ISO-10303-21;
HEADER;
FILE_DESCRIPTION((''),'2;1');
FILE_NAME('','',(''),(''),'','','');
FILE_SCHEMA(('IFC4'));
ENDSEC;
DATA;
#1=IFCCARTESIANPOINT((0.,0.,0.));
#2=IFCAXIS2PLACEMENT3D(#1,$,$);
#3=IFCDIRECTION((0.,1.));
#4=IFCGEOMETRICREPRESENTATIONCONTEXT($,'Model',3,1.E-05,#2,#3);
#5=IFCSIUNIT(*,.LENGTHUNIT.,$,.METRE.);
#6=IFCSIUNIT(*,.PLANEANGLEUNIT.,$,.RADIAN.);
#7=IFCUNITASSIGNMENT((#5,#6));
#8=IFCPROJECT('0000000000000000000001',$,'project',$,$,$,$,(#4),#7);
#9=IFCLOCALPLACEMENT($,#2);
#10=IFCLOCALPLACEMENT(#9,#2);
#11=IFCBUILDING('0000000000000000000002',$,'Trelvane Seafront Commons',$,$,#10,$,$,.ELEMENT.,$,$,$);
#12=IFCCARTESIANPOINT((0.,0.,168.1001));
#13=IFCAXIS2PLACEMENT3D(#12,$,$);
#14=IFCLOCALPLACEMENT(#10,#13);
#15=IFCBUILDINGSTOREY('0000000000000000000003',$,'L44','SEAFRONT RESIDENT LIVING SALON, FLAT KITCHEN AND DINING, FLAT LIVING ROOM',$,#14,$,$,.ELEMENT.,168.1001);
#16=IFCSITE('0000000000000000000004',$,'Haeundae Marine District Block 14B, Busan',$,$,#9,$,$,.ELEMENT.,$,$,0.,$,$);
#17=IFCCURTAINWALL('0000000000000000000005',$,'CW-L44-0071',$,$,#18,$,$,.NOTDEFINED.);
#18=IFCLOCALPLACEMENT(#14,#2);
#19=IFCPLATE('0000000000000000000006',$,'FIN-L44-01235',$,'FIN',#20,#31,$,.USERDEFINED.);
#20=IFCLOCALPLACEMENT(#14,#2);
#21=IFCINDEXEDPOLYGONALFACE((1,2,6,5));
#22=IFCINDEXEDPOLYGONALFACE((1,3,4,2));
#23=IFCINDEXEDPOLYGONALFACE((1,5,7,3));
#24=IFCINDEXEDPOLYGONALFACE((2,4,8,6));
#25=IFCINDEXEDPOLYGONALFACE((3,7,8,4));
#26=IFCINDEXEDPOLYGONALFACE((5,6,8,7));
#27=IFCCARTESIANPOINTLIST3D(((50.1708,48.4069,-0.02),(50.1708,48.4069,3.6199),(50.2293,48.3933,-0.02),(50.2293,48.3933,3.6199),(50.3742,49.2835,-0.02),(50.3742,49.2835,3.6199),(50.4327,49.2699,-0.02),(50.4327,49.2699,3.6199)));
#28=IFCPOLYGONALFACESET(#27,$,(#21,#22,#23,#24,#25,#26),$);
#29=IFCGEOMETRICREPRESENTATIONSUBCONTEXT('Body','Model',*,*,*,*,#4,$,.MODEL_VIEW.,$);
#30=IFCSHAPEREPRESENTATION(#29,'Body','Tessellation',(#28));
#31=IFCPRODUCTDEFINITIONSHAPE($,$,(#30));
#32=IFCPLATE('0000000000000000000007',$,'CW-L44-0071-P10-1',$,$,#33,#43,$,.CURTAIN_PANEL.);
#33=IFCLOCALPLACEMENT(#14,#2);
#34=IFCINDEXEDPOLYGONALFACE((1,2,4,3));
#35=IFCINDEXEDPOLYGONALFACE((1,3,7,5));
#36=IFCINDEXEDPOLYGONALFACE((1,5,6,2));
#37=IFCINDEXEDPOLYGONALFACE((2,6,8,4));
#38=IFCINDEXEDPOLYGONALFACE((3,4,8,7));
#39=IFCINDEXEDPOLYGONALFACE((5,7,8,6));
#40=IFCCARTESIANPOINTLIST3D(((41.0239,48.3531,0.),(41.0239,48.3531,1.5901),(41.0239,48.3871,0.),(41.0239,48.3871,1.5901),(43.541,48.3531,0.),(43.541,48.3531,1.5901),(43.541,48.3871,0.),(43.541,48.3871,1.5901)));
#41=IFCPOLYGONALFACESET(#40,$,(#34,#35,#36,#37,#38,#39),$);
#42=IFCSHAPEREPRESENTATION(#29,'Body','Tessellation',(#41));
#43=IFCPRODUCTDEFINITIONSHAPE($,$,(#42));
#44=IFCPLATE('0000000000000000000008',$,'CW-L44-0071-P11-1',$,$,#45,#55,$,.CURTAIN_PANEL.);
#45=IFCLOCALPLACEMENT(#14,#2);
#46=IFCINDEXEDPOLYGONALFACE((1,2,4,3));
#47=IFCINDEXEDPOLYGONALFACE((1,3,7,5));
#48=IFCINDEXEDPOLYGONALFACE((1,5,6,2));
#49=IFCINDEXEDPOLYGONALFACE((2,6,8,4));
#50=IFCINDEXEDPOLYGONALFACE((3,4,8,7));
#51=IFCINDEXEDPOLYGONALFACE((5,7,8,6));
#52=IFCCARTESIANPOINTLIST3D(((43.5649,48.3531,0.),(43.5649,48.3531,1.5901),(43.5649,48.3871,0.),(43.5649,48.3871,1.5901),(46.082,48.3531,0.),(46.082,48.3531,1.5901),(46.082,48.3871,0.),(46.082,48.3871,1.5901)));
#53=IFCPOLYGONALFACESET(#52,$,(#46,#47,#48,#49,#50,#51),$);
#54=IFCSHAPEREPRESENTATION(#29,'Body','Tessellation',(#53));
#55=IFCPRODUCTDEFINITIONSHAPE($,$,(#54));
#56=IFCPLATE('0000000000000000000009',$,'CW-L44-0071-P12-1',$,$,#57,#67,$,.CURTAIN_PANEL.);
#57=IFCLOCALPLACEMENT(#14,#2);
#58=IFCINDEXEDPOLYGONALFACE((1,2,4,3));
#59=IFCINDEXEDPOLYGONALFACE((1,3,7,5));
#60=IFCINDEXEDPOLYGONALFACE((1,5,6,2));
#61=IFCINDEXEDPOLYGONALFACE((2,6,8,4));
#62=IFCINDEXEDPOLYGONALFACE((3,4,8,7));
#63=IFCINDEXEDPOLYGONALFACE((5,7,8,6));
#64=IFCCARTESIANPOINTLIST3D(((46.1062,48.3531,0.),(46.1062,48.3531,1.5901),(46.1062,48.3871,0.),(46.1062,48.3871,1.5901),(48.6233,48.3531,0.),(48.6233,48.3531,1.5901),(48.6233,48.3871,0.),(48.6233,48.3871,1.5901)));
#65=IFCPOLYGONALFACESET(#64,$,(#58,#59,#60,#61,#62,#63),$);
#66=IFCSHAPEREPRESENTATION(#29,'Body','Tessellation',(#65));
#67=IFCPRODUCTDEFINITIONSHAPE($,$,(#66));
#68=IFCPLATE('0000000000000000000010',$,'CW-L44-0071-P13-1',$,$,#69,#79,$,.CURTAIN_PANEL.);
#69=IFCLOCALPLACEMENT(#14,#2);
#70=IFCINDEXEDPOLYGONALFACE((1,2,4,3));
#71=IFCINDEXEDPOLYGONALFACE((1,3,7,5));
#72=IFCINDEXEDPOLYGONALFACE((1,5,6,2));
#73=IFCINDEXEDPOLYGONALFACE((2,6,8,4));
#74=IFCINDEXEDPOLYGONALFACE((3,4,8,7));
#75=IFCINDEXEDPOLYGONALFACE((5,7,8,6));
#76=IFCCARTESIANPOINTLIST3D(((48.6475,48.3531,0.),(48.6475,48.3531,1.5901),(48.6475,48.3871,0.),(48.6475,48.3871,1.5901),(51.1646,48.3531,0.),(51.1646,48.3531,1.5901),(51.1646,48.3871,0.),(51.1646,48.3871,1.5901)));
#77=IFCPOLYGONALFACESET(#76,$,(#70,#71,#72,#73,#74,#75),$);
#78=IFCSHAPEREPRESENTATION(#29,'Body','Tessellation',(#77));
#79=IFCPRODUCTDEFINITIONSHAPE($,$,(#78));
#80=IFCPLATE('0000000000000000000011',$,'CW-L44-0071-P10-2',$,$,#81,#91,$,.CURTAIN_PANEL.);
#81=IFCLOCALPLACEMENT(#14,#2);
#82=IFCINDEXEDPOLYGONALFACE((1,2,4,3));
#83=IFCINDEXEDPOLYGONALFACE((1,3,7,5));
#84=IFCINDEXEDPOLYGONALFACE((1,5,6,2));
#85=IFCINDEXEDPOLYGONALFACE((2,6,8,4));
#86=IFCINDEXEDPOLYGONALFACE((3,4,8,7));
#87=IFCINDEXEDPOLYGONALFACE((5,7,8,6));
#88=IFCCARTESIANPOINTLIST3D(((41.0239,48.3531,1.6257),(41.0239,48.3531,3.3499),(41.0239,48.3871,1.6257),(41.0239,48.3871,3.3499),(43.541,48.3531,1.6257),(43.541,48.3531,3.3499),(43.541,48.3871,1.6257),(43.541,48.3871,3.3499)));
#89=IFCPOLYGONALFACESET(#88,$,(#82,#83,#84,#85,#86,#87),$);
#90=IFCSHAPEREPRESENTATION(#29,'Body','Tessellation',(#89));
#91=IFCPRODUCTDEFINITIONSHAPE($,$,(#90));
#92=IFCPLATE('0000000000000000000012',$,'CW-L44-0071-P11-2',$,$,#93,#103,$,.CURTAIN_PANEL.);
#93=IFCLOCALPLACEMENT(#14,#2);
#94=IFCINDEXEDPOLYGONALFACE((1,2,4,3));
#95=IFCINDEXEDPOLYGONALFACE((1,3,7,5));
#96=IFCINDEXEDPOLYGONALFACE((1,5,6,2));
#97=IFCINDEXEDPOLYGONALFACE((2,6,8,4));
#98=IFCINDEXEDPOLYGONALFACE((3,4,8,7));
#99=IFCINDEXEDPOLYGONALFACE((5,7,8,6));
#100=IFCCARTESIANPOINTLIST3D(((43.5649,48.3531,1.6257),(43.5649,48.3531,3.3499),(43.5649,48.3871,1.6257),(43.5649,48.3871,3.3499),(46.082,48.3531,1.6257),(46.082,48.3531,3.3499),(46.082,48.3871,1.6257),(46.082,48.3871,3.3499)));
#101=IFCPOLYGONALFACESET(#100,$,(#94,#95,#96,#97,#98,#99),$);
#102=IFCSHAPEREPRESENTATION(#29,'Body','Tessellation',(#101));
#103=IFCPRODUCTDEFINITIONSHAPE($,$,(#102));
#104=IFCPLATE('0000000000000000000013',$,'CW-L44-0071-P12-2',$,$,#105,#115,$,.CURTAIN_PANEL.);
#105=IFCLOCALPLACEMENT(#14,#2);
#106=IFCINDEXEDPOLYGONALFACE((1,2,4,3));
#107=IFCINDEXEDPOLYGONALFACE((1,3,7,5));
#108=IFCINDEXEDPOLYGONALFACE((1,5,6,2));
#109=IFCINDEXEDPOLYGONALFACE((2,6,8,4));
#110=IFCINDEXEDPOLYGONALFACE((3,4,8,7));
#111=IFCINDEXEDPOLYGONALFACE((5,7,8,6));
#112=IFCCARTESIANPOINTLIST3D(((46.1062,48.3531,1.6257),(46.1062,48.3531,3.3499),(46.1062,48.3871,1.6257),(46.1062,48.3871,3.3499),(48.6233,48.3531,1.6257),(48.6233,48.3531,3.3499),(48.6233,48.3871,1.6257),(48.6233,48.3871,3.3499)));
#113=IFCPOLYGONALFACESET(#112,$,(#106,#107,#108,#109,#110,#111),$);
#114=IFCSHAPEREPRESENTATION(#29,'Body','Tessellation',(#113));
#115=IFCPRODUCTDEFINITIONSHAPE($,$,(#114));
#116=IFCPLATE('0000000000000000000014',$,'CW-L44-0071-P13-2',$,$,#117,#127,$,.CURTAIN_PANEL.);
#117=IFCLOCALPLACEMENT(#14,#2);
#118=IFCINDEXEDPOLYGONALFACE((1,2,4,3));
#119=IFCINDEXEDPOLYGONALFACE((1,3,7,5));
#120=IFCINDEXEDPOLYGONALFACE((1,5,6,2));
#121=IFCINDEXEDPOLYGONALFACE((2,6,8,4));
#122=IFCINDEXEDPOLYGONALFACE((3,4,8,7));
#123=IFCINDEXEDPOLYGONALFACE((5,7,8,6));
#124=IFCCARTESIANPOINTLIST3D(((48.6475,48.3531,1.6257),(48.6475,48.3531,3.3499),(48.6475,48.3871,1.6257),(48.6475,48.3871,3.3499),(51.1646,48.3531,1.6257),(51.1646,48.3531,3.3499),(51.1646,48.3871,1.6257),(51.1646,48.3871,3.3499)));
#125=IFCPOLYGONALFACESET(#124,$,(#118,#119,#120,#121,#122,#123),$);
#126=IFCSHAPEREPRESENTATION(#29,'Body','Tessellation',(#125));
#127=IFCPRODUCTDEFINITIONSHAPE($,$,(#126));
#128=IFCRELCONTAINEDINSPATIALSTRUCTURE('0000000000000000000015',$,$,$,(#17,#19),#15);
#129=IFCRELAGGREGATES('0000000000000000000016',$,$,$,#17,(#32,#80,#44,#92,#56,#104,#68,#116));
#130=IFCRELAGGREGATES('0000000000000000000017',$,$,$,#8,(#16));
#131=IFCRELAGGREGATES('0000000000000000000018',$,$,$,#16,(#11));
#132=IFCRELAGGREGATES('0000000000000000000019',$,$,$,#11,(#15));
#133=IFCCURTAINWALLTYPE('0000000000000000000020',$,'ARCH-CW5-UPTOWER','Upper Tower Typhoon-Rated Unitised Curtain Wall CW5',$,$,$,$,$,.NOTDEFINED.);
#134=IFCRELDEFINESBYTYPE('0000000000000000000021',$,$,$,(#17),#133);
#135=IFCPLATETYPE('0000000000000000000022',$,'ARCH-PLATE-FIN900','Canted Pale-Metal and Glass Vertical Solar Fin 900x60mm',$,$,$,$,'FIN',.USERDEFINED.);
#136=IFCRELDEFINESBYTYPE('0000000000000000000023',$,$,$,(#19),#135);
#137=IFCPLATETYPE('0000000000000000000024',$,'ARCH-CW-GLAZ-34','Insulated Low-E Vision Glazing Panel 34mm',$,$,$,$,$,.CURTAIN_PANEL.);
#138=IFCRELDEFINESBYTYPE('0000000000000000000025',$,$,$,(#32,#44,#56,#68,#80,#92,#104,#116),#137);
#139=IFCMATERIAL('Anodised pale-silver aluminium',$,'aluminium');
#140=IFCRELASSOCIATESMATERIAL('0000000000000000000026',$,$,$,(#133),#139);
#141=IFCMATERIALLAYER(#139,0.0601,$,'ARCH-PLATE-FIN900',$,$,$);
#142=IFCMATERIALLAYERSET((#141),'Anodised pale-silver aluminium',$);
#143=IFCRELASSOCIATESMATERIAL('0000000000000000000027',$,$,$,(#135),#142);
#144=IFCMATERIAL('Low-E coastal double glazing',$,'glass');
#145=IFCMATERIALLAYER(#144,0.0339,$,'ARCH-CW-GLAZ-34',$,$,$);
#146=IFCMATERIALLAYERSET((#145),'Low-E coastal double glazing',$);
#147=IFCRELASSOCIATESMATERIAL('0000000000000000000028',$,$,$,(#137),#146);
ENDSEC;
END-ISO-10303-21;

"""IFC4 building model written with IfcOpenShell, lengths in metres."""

from ifc_helpers import new_model, si_unit, direction, frame, origin, origin_2d, place, context, subcontext, project, spatial, rectangle, extrude, source, transform, mapped, material, layer, layer_set, type_object, element, aggregate, save


model = new_model("IFC4")

# Units and contexts
model_context = context("Model", 3, precision=1e-05, world=origin(), true_north=direction((0.0, 1.0)))
body_context = subcontext(model_context, "Body", "Model", "MODEL_VIEW")
ifc_project = project(units=[si_unit("LENGTHUNIT", "METRE"), si_unit("PLANEANGLEUNIT", "RADIAN")], contexts=[model_context])

# Site, building, storey
site_placement = place(None, origin())
site = spatial("IfcSite", under=ifc_project, at=site_placement, Name="Haeundae Marine District Block 14B, Busan", CompositionType="ELEMENT", RefElevation=0.0)
building_placement = place(site_placement, origin())
building = spatial("IfcBuilding", under=site, at=building_placement, Name="Trelvane Seafront Commons", CompositionType="ELEMENT")
storey_placement = place(building_placement, frame((0.0, 0.0, 168.1001)))
storey = spatial("IfcBuildingStorey", under=building, at=storey_placement, Name="L44", Description="SEAFRONT RESIDENT LIVING SALON, FLAT KITCHEN AND DINING, FLAT LIVING ROOM", CompositionType="ELEMENT", Elevation=168.1001)

# Curtain wall
ifc_material_1 = material(Name="Anodised pale-silver aluminium", Category="aluminium")
curtain_wall_type = type_object("IfcCurtainWallType", Name="ARCH-CW5-UPTOWER", Description="Upper Tower Typhoon-Rated Unitised Curtain Wall CW5", PredefinedType="NOTDEFINED", material=ifc_material_1)
curtain_wall_placement = place(storey_placement, origin())
curtain_wall = element("IfcCurtainWall", 1, at=curtain_wall_placement, inside=storey, type_object=curtain_wall_type, Name="CW-L44-0071", PredefinedType="NOTDEFINED")

# Plate
ifc_layer_1 = layer(ifc_material_1, 0.0601, Name="ARCH-PLATE-FIN900")
ifc_layer_set_1 = layer_set([ifc_layer_1], Name="Anodised pale-silver aluminium")
plate_type_1 = type_object("IfcPlateType", Name="ARCH-PLATE-FIN900", Description="Canted Pale-Metal and Glass Vertical Solar Fin 900x60mm", ElementType="FIN", PredefinedType="USERDEFINED", material=ifc_layer_set_1)
shared_shape_1 = source(origin(), body_context, "Body", "SweptSolid", [
    extrude(rectangle(XDim=0.8999, YDim=0.0601, at=origin_2d()), origin(), (0.0, 0.0, 1.0), 3.6399),
])
for number, where, z_axis, x_axis, name in (
    (2, (50.3018, 48.8384, -0.02), (0.0, 0.0, 1.0), (0.226109, 0.974102, 0.0), "FIN-L44-01235"),
):
    element("IfcPlate", number, at=place(storey_placement, frame(where, z_axis=z_axis, x_axis=x_axis)), inside=storey, type_object=plate_type_1, Name=name, ObjectType="FIN", PredefinedType="USERDEFINED", context=body_context, shape_type="MappedRepresentation", body=[
        mapped(shared_shape_1, transform((0.0, 0.0, 0.0), x_axis=(1.0, 0.0, 0.0), y_axis=(0.0, 1.0, 0.0), z_axis=(0.0, 0.0, 1.0), scale=1.0)),
    ])

# Plates
ifc_material_2 = material(Name="Low-E coastal double glazing", Category="glass")
ifc_layer_2 = layer(ifc_material_2, 0.0339, Name="ARCH-CW-GLAZ-34")
ifc_layer_set_2 = layer_set([ifc_layer_2], Name="Low-E coastal double glazing")
plate_type_2 = type_object("IfcPlateType", Name="ARCH-CW-GLAZ-34", Description="Insulated Low-E Vision Glazing Panel 34mm", PredefinedType="CURTAIN_PANEL", material=ifc_layer_set_2)
shared_shape_2 = source(origin(), body_context, "Body", "SweptSolid", [
    extrude(rectangle(XDim=2.5171, YDim=0.0339, at=origin_2d()), origin(), (0.0, 0.0, 1.0), 1.5901),
])
plate_1_placement = place(storey_placement, frame((42.2825, 48.3701, 0.0), z_axis=(0.0, 0.0, 1.0), x_axis=(1.0, 0.0, 0.0)))
plate_1 = element("IfcPlate", 3, at=plate_1_placement, type_object=plate_type_2, Name="CW-L44-0071-P10-1", PredefinedType="CURTAIN_PANEL", context=body_context, shape_type="MappedRepresentation", body=[
    mapped(shared_shape_2, transform((0.0, 0.0, 0.0), x_axis=(1.0, 0.0, 0.0), y_axis=(0.0, 1.0, 0.0), z_axis=(0.0, 0.0, 1.0), scale=1.0)),
])
plate_2_placement = place(storey_placement, frame((44.8235, 48.3701, 0.0), z_axis=(0.0, 0.0, 1.0), x_axis=(1.0, 0.0, 0.0)))
plate_2 = element("IfcPlate", 4, at=plate_2_placement, type_object=plate_type_2, Name="CW-L44-0071-P11-1", PredefinedType="CURTAIN_PANEL", context=body_context, shape_type="MappedRepresentation", body=[
    mapped(shared_shape_2, transform((0.0, 0.0, 0.0), x_axis=(1.0, 0.0, 0.0), y_axis=(0.0, 1.0, 0.0), z_axis=(0.0, 0.0, 1.0), scale=1.0)),
])
plate_3_placement = place(storey_placement, frame((47.3647, 48.3701, 0.0), z_axis=(0.0, 0.0, 1.0), x_axis=(1.0, 0.0, 0.0)))
plate_3 = element("IfcPlate", 5, at=plate_3_placement, type_object=plate_type_2, Name="CW-L44-0071-P12-1", PredefinedType="CURTAIN_PANEL", context=body_context, shape_type="MappedRepresentation", body=[
    mapped(shared_shape_2, transform((0.0, 0.0, 0.0), x_axis=(1.0, 0.0, 0.0), y_axis=(0.0, 1.0, 0.0), z_axis=(0.0, 0.0, 1.0), scale=1.0)),
])
plate_4_placement = place(storey_placement, frame((49.906, 48.3701, 0.0), z_axis=(0.0, 0.0, 1.0), x_axis=(1.0, 0.0, 0.0)))
plate_4 = element("IfcPlate", 6, at=plate_4_placement, type_object=plate_type_2, Name="CW-L44-0071-P13-1", PredefinedType="CURTAIN_PANEL", context=body_context, shape_type="MappedRepresentation", body=[
    mapped(shared_shape_2, transform((0.0, 0.0, 0.0), x_axis=(1.0, 0.0, 0.0), y_axis=(0.0, 1.0, 0.0), z_axis=(0.0, 0.0, 1.0), scale=1.0)),
])
shared_shape_3 = source(origin(), body_context, "Body", "SweptSolid", [
    extrude(rectangle(XDim=2.5171, YDim=0.0339, at=origin_2d()), origin(), (0.0, 0.0, 1.0), 1.7241),
])
plate_5_placement = place(storey_placement, frame((42.2825, 48.3701, 1.6257), z_axis=(0.0, 0.0, 1.0), x_axis=(1.0, 0.0, 0.0)))
plate_5 = element("IfcPlate", 7, at=plate_5_placement, type_object=plate_type_2, Name="CW-L44-0071-P10-2", PredefinedType="CURTAIN_PANEL", context=body_context, shape_type="MappedRepresentation", body=[
    mapped(shared_shape_3, transform((0.0, 0.0, 0.0), x_axis=(1.0, 0.0, 0.0), y_axis=(0.0, 1.0, 0.0), z_axis=(0.0, 0.0, 1.0), scale=1.0)),
])
plate_6_placement = place(storey_placement, frame((44.8235, 48.3701, 1.6257), z_axis=(0.0, 0.0, 1.0), x_axis=(1.0, 0.0, 0.0)))
plate_6 = element("IfcPlate", 8, at=plate_6_placement, type_object=plate_type_2, Name="CW-L44-0071-P11-2", PredefinedType="CURTAIN_PANEL", context=body_context, shape_type="MappedRepresentation", body=[
    mapped(shared_shape_3, transform((0.0, 0.0, 0.0), x_axis=(1.0, 0.0, 0.0), y_axis=(0.0, 1.0, 0.0), z_axis=(0.0, 0.0, 1.0), scale=1.0)),
])
plate_7_placement = place(storey_placement, frame((47.3647, 48.3701, 1.6257), z_axis=(0.0, 0.0, 1.0), x_axis=(1.0, 0.0, 0.0)))
plate_7 = element("IfcPlate", 9, at=plate_7_placement, type_object=plate_type_2, Name="CW-L44-0071-P12-2", PredefinedType="CURTAIN_PANEL", context=body_context, shape_type="MappedRepresentation", body=[
    mapped(shared_shape_3, transform((0.0, 0.0, 0.0), x_axis=(1.0, 0.0, 0.0), y_axis=(0.0, 1.0, 0.0), z_axis=(0.0, 0.0, 1.0), scale=1.0)),
])
plate_8_placement = place(storey_placement, frame((49.906, 48.3701, 1.6257), z_axis=(0.0, 0.0, 1.0), x_axis=(1.0, 0.0, 0.0)))
plate_8 = element("IfcPlate", 10, at=plate_8_placement, type_object=plate_type_2, Name="CW-L44-0071-P13-2", PredefinedType="CURTAIN_PANEL", context=body_context, shape_type="MappedRepresentation", body=[
    mapped(shared_shape_3, transform((0.0, 0.0, 0.0), x_axis=(1.0, 0.0, 0.0), y_axis=(0.0, 1.0, 0.0), z_axis=(0.0, 0.0, 1.0), scale=1.0)),
])
aggregate(curtain_wall, [plate_1, plate_5, plate_2, plate_6, plate_3, plate_7, plate_4, plate_8])

save(model, "model.ifc")
